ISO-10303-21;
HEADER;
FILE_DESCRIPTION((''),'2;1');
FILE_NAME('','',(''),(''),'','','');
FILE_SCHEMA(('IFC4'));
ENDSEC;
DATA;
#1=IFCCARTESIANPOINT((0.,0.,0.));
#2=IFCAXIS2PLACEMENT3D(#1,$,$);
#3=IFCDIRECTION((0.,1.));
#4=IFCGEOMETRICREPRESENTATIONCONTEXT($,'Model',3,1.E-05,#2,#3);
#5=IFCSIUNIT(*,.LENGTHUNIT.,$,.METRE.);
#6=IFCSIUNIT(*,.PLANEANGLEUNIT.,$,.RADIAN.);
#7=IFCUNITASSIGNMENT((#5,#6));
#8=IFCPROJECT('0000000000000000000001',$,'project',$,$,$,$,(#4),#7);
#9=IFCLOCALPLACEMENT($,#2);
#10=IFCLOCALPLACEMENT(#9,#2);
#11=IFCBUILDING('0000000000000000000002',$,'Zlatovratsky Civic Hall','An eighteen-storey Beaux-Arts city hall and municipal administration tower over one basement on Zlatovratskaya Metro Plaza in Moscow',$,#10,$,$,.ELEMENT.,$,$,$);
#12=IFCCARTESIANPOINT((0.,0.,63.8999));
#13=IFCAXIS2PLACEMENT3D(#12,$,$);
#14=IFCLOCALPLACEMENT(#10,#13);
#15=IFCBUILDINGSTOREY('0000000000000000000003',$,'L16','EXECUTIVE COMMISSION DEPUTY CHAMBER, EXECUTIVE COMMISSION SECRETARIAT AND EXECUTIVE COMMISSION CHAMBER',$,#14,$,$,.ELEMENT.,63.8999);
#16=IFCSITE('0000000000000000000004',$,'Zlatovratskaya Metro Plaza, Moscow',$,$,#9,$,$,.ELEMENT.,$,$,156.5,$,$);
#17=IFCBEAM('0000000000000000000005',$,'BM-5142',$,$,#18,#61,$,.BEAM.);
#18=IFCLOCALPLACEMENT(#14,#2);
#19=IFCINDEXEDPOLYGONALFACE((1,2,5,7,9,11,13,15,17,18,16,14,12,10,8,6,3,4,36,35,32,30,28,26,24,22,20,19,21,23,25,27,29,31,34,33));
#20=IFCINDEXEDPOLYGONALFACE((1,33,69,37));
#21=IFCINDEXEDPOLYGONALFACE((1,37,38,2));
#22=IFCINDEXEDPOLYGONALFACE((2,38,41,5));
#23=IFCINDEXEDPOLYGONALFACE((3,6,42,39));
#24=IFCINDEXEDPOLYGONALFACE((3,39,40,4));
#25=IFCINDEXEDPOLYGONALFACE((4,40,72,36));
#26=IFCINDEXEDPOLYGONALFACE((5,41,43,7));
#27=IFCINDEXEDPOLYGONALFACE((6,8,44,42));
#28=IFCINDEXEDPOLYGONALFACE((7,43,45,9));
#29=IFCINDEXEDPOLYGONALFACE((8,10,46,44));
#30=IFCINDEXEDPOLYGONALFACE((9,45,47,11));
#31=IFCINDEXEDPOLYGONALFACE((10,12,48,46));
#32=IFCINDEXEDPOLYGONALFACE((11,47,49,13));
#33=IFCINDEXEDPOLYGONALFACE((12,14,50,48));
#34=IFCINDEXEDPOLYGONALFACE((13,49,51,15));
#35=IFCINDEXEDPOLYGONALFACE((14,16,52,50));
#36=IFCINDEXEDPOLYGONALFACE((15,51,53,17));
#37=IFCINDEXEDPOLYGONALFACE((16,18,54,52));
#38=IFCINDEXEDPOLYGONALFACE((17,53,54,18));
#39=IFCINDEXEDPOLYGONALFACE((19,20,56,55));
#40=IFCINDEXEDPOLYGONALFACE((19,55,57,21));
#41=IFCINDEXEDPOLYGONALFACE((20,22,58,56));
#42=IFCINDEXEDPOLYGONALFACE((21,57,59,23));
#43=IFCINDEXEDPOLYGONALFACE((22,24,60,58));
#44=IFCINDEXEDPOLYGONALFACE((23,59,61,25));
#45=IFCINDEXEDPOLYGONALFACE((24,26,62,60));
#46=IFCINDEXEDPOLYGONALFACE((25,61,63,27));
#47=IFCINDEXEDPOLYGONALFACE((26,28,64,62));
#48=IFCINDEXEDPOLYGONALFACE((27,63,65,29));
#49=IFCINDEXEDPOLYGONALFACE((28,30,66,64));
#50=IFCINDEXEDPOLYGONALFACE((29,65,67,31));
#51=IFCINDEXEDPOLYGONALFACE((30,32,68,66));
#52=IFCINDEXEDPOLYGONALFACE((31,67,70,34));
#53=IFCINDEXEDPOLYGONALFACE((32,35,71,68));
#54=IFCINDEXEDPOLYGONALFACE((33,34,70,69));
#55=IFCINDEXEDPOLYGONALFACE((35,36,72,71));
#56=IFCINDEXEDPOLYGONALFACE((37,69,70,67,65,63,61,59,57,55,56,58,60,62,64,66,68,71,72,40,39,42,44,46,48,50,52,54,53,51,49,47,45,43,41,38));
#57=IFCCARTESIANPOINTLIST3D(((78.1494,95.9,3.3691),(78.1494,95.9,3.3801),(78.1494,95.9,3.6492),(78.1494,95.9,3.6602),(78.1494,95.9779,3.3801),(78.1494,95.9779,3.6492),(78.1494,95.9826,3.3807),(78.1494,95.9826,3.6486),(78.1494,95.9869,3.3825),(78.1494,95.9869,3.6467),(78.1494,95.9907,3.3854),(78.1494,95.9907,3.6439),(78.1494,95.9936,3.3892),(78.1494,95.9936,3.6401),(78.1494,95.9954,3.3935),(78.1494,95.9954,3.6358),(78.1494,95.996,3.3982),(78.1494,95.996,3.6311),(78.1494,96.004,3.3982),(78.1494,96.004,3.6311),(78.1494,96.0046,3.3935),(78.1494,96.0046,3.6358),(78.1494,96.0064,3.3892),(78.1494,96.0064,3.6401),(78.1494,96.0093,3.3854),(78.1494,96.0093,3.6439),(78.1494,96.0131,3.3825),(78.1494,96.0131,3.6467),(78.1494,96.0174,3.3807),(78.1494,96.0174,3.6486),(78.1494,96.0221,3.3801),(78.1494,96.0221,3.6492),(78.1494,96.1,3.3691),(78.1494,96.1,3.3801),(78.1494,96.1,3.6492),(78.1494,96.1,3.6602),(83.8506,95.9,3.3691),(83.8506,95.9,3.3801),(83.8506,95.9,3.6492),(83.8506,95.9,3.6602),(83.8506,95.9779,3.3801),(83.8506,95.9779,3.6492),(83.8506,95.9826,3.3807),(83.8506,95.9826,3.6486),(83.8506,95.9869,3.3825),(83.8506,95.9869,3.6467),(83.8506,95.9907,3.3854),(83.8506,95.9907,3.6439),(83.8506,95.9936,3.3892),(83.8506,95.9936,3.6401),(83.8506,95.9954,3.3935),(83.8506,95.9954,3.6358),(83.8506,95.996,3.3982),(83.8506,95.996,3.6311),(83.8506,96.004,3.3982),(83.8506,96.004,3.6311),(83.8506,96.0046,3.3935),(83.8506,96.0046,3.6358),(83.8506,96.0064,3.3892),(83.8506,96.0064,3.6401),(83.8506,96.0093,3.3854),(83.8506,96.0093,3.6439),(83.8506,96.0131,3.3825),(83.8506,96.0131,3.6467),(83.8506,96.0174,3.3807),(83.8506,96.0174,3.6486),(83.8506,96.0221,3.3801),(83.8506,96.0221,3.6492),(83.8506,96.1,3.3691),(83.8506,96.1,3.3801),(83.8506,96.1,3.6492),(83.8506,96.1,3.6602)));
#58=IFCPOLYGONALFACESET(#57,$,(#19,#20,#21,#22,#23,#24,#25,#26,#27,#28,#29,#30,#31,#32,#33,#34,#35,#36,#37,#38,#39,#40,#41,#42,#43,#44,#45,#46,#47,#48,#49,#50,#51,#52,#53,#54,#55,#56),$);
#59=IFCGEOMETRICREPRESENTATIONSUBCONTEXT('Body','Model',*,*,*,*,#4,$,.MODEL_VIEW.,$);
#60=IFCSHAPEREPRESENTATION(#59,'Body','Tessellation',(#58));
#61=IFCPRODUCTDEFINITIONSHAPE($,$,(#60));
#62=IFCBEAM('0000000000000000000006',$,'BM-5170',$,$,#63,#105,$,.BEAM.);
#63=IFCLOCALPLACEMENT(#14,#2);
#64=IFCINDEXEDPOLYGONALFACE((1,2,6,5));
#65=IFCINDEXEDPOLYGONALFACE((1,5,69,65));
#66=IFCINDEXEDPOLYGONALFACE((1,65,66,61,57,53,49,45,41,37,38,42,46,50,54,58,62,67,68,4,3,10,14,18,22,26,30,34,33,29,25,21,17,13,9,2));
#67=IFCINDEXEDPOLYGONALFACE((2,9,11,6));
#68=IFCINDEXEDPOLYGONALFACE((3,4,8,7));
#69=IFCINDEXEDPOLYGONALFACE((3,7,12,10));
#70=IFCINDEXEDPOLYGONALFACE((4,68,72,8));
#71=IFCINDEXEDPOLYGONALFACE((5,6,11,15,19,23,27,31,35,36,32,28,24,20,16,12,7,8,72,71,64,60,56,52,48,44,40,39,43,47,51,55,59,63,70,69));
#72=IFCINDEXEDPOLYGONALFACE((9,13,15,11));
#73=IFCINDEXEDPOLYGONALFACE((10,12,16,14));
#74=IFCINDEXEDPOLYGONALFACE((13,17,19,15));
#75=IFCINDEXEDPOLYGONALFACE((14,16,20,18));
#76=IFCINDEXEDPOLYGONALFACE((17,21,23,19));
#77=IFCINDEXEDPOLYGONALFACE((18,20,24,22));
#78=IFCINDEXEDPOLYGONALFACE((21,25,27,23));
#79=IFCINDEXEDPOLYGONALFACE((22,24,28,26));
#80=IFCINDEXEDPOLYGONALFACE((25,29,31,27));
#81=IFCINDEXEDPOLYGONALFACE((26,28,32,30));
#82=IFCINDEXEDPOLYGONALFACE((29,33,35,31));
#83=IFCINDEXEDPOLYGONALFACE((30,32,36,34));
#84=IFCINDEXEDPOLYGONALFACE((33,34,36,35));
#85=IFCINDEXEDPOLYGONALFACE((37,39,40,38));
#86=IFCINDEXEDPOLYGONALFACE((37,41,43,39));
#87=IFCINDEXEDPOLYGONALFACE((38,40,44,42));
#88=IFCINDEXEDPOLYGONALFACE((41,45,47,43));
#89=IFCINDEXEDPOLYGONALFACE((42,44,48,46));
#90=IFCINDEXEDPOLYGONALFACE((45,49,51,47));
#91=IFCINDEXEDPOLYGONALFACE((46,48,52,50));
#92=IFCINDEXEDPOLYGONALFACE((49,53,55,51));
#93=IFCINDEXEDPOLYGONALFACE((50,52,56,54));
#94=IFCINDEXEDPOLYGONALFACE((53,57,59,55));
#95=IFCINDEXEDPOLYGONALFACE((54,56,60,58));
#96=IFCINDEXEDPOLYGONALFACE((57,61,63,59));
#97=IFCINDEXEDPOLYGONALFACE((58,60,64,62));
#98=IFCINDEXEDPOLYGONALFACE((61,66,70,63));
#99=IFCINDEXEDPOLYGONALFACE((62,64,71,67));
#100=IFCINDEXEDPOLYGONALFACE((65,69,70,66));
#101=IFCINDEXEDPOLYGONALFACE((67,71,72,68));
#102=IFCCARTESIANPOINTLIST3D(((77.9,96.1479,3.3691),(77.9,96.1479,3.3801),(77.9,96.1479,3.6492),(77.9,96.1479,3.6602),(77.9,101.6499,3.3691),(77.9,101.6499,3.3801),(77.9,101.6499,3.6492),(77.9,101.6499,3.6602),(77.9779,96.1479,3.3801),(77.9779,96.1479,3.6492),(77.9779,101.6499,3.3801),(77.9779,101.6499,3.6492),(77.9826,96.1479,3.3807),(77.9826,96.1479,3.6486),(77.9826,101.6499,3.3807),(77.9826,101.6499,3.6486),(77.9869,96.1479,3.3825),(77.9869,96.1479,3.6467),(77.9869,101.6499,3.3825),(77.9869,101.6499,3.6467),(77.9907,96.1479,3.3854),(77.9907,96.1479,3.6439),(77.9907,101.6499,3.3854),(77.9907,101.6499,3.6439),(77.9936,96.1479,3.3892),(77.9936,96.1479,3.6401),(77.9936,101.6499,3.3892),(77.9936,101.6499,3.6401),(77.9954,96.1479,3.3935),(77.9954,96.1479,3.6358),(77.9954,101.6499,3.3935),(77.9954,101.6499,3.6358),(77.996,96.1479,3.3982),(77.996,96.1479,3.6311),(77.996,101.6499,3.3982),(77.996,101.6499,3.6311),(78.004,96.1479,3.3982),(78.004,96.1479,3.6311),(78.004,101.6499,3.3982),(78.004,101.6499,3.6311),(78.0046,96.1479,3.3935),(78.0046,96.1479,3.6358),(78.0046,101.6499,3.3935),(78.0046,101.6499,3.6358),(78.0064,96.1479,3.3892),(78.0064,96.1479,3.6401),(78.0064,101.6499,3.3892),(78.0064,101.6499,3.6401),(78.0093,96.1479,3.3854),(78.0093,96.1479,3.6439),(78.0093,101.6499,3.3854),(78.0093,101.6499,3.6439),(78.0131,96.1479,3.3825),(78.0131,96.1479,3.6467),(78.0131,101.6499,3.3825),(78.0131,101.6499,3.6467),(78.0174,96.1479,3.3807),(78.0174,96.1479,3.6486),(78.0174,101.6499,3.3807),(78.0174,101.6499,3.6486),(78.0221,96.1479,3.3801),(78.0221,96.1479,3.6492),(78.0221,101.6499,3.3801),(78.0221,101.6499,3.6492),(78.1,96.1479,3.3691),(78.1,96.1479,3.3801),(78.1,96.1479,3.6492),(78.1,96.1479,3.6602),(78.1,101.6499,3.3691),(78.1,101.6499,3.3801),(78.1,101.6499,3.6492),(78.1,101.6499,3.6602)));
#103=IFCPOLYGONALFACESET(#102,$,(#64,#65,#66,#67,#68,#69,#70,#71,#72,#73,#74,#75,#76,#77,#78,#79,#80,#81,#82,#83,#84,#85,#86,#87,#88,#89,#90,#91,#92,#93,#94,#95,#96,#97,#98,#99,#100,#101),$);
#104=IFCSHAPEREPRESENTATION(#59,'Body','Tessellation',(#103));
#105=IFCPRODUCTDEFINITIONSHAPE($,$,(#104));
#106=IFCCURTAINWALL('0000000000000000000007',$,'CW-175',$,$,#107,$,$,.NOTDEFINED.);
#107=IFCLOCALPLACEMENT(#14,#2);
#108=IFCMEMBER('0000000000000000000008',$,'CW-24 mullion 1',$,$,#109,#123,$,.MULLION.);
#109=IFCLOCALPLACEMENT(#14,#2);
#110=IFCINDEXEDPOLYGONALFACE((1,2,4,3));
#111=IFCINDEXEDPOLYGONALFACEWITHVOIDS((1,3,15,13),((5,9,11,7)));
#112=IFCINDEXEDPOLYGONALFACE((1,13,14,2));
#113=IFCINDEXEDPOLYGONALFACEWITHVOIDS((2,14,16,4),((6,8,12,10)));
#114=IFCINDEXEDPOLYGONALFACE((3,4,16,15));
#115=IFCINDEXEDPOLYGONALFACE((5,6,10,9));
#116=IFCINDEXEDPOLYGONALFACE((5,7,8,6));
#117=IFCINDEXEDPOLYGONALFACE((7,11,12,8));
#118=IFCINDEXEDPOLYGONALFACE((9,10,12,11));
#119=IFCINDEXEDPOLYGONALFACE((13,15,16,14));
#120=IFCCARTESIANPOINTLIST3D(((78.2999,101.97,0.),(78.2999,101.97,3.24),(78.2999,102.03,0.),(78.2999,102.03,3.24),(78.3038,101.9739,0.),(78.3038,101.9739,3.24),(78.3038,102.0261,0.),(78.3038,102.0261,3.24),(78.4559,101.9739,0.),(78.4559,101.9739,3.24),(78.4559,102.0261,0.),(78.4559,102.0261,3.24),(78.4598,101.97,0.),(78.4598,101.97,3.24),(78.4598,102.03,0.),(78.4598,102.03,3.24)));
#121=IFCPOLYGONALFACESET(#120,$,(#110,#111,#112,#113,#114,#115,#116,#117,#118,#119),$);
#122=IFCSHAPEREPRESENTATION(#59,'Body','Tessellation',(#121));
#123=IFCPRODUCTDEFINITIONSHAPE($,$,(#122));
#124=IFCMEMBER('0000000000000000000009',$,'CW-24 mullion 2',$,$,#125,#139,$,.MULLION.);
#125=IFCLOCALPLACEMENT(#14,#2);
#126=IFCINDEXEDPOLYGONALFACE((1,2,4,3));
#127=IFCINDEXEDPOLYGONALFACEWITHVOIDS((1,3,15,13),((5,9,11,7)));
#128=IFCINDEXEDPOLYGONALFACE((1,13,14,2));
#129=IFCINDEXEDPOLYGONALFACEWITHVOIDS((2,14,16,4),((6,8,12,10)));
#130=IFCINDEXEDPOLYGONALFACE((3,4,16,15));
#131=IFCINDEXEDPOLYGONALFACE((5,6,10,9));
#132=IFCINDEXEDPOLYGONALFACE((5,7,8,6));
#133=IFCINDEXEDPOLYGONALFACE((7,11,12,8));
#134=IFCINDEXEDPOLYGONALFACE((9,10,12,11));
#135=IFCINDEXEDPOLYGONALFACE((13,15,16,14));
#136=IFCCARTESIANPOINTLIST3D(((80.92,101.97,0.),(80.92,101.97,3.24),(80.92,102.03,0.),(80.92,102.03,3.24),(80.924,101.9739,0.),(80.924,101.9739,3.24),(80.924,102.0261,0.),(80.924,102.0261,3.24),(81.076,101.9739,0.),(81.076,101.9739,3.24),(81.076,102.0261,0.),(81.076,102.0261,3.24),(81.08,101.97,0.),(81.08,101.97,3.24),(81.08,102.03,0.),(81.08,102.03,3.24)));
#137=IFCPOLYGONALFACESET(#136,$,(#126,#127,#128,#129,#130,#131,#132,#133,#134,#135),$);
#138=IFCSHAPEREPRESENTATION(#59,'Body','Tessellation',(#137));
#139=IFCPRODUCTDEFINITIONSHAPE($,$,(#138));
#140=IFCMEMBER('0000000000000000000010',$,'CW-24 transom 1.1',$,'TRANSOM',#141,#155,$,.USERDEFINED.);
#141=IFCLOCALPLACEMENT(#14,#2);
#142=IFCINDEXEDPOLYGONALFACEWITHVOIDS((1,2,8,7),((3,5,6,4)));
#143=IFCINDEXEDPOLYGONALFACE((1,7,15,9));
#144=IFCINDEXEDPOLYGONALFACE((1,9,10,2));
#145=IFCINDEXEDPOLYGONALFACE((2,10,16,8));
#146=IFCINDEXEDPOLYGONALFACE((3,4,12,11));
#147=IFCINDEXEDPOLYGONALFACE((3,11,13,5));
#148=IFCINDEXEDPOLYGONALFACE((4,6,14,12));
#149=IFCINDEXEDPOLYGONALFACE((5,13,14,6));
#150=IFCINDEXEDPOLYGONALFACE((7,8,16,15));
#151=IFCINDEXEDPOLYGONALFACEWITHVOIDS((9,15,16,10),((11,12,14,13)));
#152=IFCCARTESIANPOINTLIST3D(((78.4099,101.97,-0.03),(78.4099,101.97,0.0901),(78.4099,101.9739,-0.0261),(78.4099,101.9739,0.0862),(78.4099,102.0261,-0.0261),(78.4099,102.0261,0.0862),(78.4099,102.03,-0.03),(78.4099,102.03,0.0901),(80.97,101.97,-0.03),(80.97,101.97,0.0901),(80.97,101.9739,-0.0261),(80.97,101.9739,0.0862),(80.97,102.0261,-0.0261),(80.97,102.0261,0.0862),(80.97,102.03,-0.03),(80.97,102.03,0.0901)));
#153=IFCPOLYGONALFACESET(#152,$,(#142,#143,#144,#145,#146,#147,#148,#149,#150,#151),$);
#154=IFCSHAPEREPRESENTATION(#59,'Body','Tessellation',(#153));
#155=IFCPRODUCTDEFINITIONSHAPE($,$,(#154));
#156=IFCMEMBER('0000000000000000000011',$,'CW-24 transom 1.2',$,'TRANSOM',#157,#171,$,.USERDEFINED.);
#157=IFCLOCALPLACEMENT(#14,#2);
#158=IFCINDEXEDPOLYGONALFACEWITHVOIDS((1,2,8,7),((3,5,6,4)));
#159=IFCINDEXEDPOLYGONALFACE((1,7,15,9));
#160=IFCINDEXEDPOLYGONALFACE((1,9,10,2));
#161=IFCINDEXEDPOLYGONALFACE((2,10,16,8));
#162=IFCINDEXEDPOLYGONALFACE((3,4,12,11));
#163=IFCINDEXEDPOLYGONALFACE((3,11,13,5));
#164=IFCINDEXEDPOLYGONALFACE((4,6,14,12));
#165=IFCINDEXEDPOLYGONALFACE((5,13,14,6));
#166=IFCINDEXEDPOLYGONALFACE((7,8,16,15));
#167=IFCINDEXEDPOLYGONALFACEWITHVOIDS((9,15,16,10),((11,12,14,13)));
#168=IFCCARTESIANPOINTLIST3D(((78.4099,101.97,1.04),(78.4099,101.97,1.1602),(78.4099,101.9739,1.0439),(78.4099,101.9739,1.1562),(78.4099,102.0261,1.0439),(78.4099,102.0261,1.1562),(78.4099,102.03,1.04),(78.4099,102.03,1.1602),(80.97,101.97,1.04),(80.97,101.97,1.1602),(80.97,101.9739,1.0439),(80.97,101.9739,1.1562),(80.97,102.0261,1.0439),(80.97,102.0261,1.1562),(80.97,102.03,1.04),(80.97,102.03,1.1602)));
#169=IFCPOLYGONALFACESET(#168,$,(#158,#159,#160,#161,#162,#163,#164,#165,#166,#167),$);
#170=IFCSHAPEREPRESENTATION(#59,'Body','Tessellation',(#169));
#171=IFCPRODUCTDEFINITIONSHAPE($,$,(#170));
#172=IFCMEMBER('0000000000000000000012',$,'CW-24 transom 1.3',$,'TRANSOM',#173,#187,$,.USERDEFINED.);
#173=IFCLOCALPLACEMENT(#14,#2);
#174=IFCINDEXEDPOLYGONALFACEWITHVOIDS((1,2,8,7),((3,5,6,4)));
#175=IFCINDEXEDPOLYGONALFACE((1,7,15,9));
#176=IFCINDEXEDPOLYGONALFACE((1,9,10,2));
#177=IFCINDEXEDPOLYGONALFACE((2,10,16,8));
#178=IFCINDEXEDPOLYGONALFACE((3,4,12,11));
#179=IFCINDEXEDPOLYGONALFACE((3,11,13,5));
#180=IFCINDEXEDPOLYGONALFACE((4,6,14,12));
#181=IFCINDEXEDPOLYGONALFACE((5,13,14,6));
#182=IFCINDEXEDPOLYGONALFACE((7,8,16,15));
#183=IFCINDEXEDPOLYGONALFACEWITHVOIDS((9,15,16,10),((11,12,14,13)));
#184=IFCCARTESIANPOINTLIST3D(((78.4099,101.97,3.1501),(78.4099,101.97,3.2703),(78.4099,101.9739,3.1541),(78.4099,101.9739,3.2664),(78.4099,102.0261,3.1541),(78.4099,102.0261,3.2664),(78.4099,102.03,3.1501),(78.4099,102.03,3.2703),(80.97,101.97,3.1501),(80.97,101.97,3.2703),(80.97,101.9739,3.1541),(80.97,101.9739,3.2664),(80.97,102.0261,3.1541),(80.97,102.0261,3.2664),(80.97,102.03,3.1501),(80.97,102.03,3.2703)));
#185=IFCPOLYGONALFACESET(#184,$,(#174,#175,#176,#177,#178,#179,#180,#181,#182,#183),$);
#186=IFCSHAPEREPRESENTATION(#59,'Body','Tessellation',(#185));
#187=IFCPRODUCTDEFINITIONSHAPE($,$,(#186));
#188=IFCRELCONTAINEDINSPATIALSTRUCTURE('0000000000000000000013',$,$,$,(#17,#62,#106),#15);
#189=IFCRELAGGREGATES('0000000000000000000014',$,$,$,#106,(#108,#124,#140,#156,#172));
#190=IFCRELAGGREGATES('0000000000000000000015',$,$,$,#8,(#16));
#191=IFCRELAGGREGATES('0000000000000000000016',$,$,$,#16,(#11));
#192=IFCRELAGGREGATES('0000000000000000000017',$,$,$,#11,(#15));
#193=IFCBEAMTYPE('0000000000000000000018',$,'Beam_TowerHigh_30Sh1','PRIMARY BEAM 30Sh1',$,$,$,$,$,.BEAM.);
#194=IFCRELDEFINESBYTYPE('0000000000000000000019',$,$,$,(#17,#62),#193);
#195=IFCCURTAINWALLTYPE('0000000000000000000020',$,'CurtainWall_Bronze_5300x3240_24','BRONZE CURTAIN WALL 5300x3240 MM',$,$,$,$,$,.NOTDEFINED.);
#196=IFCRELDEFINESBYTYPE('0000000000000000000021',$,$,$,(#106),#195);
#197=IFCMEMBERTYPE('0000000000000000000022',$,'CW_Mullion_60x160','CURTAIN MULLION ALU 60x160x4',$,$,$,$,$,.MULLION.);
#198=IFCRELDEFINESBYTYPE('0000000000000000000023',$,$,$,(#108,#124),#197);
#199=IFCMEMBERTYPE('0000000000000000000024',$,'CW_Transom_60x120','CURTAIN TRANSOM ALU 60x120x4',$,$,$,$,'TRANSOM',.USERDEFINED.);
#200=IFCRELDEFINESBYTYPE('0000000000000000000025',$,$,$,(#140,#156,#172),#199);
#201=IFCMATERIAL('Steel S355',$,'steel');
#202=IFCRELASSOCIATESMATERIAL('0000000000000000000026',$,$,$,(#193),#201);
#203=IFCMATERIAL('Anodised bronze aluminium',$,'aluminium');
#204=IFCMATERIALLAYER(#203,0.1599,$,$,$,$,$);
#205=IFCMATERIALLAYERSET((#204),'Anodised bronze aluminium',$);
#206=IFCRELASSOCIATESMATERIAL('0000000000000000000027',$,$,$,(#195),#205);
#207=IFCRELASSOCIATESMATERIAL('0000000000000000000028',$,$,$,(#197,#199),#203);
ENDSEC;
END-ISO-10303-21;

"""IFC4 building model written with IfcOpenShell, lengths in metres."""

from ifc_helpers import new_model, si_unit, direction, frame, origin, origin_2d, place, context, subcontext, project, spatial, hollow_rectangle, i_section, extrude, material, layer, layer_set, material_profile, profile_set, type_object, element, aggregate, save


model = new_model("IFC4")

# Units and contexts
model_context = context("Model", 3, precision=1e-05, world=origin(), true_north=direction((0.0, 1.0)))
body_context = subcontext(model_context, "Body", "Model", "MODEL_VIEW")
ifc_project = project(units=[si_unit("LENGTHUNIT", "METRE"), si_unit("PLANEANGLEUNIT", "RADIAN")], contexts=[model_context])

# Site, building, storey
site_placement = place(None, origin())
site = spatial("IfcSite", under=ifc_project, at=site_placement, Name="Zlatovratskaya Metro Plaza, Moscow", CompositionType="ELEMENT", RefElevation=156.5)
building_placement = place(site_placement, origin())
building = spatial("IfcBuilding", under=site, at=building_placement, Name="Zlatovratsky Civic Hall", Description="An eighteen-storey Beaux-Arts city hall and municipal administration tower over one basement on Zlatovratskaya Metro Plaza in Moscow", CompositionType="ELEMENT")
storey_placement = place(building_placement, frame((0.0, 0.0, 63.8999)))
storey = spatial("IfcBuildingStorey", under=building, at=storey_placement, Name="L16", Description="EXECUTIVE COMMISSION DEPUTY CHAMBER, EXECUTIVE COMMISSION SECRETARIAT AND EXECUTIVE COMMISSION CHAMBER", CompositionType="ELEMENT", Elevation=63.8999)

# Shared definitions
ifc_material_1 = material(Name="Steel S355", Category="steel")

# Beams
ifc_material_profile_1 = material_profile(ifc_material_1, i_section(OverallWidth=0.2, OverallDepth=0.291, WebThickness=0.0081, FlangeThickness=0.011, FilletRadius=0.0181, at=origin_2d()), Name="30Sh1")
ifc_profile_set_1 = profile_set([ifc_material_profile_1], Name="Steel S355")
beam_type_1 = type_object("IfcBeamType", Name="Beam_TowerHigh_30Sh1", Description="PRIMARY BEAM 30Sh1", PredefinedType="BEAM", material=ifc_profile_set_1)
beam_1_placement = place(storey_placement, frame((78.1494, 96.0, 3.5146), z_axis=(1.0, 0.0, 0.0), x_axis=(0.0, 1.0, 0.0)))
element("IfcBeam", 1, at=beam_1_placement, inside=storey, type_object=beam_type_1, Name="BM-5142", PredefinedType="BEAM", context=body_context, shape_type="SweptSolid", body=[
    extrude(i_section(OverallWidth=0.2, OverallDepth=0.291, WebThickness=0.0081, FlangeThickness=0.011, FilletRadius=0.0181, at=origin_2d()), origin(), (0.0, 0.0, 1.0), 5.7012),
])
beam_2_placement = place(storey_placement, frame((78.0, 96.1479, 3.5146), z_axis=(0.0, 1.0, 0.0), x_axis=(-1.0, 0.0, 0.0)))
element("IfcBeam", 2, at=beam_2_placement, inside=storey, type_object=beam_type_1, Name="BM-5170", PredefinedType="BEAM", context=body_context, shape_type="SweptSolid", body=[
    extrude(i_section(OverallWidth=0.2, OverallDepth=0.291, WebThickness=0.0081, FlangeThickness=0.011, FilletRadius=0.0181, at=origin_2d()), origin(), (0.0, 0.0, 1.0), 5.502),
])

# Curtain wall, members
ifc_material_2 = material(Name="Anodised bronze aluminium", Category="aluminium")
ifc_layer_1 = layer(ifc_material_2, 0.1599)
ifc_layer_set_1 = layer_set([ifc_layer_1], Name="Anodised bronze aluminium")
curtain_wall_type = type_object("IfcCurtainWallType", Name="CurtainWall_Bronze_5300x3240_24", Description="BRONZE CURTAIN WALL 5300x3240 MM", PredefinedType="NOTDEFINED", material=ifc_layer_set_1)
curtain_wall_placement = place(storey_placement, origin())
curtain_wall = element("IfcCurtainWall", 3, at=curtain_wall_placement, inside=storey, type_object=curtain_wall_type, Name="CW-175", PredefinedType="NOTDEFINED")
ifc_material_profile_2 = material_profile(ifc_material_2, hollow_rectangle(XDim=0.0601, YDim=0.1599, WallThickness=0.0039, at=origin_2d()), Name="ALU 60x160x4")
ifc_profile_set_2 = profile_set([ifc_material_profile_2], Name="Anodised bronze aluminium")
member_type_1 = type_object("IfcMemberType", Name="CW_Mullion_60x160", Description="CURTAIN MULLION ALU 60x160x4", PredefinedType="MULLION", material=ifc_profile_set_2)
member_1_placement = place(storey_placement, frame((78.3799, 102.0, 0.0), z_axis=(0.0, 0.0, 1.0), x_axis=(0.0, 1.0, 0.0)))
member_1 = element("IfcMember", 4, at=member_1_placement, type_object=member_type_1, Name="CW-24 mullion 1", PredefinedType="MULLION", context=body_context, shape_type="SweptSolid", body=[
    extrude(hollow_rectangle(XDim=0.0601, YDim=0.1599, WallThickness=0.0039, at=origin_2d()), origin(), (0.0, 0.0, 1.0), 3.24),
])
member_2_placement = place(storey_placement, frame((81.0, 102.0, 0.0), z_axis=(0.0, 0.0, 1.0), x_axis=(0.0, 1.0, 0.0)))
member_2 = element("IfcMember", 5, at=member_2_placement, type_object=member_type_1, Name="CW-24 mullion 2", PredefinedType="MULLION", context=body_context, shape_type="SweptSolid", body=[
    extrude(hollow_rectangle(XDim=0.0601, YDim=0.1599, WallThickness=0.0039, at=origin_2d()), origin(), (0.0, 0.0, 1.0), 3.24),
])
ifc_material_profile_3 = material_profile(ifc_material_2, hollow_rectangle(XDim=0.0601, YDim=0.1201, WallThickness=0.0039, at=origin_2d()), Name="ALU 60x120x4")
ifc_profile_set_3 = profile_set([ifc_material_profile_3], Name="Anodised bronze aluminium")
member_type_2 = type_object("IfcMemberType", Name="CW_Transom_60x120", Description="CURTAIN TRANSOM ALU 60x120x4", ElementType="TRANSOM", PredefinedType="USERDEFINED", material=ifc_profile_set_3)
member_3_placement = place(storey_placement, frame((78.4099, 102.0, 0.03), z_axis=(1.0, 0.0, 0.0), x_axis=(0.0, 1.0, 0.0)))
member_3 = element("IfcMember", 6, at=member_3_placement, type_object=member_type_2, Name="CW-24 transom 1.1", ObjectType="TRANSOM", PredefinedType="USERDEFINED", context=body_context, shape_type="SweptSolid", body=[
    extrude(hollow_rectangle(XDim=0.0601, YDim=0.1201, WallThickness=0.0039, at=origin_2d()), origin(), (0.0, 0.0, 1.0), 2.5601),
])
member_4_placement = place(storey_placement, frame((78.4099, 102.0, 1.1001), z_axis=(1.0, 0.0, 0.0), x_axis=(0.0, 1.0, 0.0)))
member_4 = element("IfcMember", 7, at=member_4_placement, type_object=member_type_2, Name="CW-24 transom 1.2", ObjectType="TRANSOM", PredefinedType="USERDEFINED", context=body_context, shape_type="SweptSolid", body=[
    extrude(hollow_rectangle(XDim=0.0601, YDim=0.1201, WallThickness=0.0039, at=origin_2d()), origin(), (0.0, 0.0, 1.0), 2.5601),
])
member_5_placement = place(storey_placement, frame((78.4099, 102.0, 3.2102), z_axis=(1.0, 0.0, 0.0), x_axis=(0.0, 1.0, 0.0)))
member_5 = element("IfcMember", 8, at=member_5_placement, type_object=member_type_2, Name="CW-24 transom 1.3", ObjectType="TRANSOM", PredefinedType="USERDEFINED", context=body_context, shape_type="SweptSolid", body=[
    extrude(hollow_rectangle(XDim=0.0601, YDim=0.1201, WallThickness=0.0039, at=origin_2d()), origin(), (0.0, 0.0, 1.0), 2.5601),
])
aggregate(curtain_wall, [member_1, member_2, member_3, member_4, member_5])

save(model, "model.ifc")
